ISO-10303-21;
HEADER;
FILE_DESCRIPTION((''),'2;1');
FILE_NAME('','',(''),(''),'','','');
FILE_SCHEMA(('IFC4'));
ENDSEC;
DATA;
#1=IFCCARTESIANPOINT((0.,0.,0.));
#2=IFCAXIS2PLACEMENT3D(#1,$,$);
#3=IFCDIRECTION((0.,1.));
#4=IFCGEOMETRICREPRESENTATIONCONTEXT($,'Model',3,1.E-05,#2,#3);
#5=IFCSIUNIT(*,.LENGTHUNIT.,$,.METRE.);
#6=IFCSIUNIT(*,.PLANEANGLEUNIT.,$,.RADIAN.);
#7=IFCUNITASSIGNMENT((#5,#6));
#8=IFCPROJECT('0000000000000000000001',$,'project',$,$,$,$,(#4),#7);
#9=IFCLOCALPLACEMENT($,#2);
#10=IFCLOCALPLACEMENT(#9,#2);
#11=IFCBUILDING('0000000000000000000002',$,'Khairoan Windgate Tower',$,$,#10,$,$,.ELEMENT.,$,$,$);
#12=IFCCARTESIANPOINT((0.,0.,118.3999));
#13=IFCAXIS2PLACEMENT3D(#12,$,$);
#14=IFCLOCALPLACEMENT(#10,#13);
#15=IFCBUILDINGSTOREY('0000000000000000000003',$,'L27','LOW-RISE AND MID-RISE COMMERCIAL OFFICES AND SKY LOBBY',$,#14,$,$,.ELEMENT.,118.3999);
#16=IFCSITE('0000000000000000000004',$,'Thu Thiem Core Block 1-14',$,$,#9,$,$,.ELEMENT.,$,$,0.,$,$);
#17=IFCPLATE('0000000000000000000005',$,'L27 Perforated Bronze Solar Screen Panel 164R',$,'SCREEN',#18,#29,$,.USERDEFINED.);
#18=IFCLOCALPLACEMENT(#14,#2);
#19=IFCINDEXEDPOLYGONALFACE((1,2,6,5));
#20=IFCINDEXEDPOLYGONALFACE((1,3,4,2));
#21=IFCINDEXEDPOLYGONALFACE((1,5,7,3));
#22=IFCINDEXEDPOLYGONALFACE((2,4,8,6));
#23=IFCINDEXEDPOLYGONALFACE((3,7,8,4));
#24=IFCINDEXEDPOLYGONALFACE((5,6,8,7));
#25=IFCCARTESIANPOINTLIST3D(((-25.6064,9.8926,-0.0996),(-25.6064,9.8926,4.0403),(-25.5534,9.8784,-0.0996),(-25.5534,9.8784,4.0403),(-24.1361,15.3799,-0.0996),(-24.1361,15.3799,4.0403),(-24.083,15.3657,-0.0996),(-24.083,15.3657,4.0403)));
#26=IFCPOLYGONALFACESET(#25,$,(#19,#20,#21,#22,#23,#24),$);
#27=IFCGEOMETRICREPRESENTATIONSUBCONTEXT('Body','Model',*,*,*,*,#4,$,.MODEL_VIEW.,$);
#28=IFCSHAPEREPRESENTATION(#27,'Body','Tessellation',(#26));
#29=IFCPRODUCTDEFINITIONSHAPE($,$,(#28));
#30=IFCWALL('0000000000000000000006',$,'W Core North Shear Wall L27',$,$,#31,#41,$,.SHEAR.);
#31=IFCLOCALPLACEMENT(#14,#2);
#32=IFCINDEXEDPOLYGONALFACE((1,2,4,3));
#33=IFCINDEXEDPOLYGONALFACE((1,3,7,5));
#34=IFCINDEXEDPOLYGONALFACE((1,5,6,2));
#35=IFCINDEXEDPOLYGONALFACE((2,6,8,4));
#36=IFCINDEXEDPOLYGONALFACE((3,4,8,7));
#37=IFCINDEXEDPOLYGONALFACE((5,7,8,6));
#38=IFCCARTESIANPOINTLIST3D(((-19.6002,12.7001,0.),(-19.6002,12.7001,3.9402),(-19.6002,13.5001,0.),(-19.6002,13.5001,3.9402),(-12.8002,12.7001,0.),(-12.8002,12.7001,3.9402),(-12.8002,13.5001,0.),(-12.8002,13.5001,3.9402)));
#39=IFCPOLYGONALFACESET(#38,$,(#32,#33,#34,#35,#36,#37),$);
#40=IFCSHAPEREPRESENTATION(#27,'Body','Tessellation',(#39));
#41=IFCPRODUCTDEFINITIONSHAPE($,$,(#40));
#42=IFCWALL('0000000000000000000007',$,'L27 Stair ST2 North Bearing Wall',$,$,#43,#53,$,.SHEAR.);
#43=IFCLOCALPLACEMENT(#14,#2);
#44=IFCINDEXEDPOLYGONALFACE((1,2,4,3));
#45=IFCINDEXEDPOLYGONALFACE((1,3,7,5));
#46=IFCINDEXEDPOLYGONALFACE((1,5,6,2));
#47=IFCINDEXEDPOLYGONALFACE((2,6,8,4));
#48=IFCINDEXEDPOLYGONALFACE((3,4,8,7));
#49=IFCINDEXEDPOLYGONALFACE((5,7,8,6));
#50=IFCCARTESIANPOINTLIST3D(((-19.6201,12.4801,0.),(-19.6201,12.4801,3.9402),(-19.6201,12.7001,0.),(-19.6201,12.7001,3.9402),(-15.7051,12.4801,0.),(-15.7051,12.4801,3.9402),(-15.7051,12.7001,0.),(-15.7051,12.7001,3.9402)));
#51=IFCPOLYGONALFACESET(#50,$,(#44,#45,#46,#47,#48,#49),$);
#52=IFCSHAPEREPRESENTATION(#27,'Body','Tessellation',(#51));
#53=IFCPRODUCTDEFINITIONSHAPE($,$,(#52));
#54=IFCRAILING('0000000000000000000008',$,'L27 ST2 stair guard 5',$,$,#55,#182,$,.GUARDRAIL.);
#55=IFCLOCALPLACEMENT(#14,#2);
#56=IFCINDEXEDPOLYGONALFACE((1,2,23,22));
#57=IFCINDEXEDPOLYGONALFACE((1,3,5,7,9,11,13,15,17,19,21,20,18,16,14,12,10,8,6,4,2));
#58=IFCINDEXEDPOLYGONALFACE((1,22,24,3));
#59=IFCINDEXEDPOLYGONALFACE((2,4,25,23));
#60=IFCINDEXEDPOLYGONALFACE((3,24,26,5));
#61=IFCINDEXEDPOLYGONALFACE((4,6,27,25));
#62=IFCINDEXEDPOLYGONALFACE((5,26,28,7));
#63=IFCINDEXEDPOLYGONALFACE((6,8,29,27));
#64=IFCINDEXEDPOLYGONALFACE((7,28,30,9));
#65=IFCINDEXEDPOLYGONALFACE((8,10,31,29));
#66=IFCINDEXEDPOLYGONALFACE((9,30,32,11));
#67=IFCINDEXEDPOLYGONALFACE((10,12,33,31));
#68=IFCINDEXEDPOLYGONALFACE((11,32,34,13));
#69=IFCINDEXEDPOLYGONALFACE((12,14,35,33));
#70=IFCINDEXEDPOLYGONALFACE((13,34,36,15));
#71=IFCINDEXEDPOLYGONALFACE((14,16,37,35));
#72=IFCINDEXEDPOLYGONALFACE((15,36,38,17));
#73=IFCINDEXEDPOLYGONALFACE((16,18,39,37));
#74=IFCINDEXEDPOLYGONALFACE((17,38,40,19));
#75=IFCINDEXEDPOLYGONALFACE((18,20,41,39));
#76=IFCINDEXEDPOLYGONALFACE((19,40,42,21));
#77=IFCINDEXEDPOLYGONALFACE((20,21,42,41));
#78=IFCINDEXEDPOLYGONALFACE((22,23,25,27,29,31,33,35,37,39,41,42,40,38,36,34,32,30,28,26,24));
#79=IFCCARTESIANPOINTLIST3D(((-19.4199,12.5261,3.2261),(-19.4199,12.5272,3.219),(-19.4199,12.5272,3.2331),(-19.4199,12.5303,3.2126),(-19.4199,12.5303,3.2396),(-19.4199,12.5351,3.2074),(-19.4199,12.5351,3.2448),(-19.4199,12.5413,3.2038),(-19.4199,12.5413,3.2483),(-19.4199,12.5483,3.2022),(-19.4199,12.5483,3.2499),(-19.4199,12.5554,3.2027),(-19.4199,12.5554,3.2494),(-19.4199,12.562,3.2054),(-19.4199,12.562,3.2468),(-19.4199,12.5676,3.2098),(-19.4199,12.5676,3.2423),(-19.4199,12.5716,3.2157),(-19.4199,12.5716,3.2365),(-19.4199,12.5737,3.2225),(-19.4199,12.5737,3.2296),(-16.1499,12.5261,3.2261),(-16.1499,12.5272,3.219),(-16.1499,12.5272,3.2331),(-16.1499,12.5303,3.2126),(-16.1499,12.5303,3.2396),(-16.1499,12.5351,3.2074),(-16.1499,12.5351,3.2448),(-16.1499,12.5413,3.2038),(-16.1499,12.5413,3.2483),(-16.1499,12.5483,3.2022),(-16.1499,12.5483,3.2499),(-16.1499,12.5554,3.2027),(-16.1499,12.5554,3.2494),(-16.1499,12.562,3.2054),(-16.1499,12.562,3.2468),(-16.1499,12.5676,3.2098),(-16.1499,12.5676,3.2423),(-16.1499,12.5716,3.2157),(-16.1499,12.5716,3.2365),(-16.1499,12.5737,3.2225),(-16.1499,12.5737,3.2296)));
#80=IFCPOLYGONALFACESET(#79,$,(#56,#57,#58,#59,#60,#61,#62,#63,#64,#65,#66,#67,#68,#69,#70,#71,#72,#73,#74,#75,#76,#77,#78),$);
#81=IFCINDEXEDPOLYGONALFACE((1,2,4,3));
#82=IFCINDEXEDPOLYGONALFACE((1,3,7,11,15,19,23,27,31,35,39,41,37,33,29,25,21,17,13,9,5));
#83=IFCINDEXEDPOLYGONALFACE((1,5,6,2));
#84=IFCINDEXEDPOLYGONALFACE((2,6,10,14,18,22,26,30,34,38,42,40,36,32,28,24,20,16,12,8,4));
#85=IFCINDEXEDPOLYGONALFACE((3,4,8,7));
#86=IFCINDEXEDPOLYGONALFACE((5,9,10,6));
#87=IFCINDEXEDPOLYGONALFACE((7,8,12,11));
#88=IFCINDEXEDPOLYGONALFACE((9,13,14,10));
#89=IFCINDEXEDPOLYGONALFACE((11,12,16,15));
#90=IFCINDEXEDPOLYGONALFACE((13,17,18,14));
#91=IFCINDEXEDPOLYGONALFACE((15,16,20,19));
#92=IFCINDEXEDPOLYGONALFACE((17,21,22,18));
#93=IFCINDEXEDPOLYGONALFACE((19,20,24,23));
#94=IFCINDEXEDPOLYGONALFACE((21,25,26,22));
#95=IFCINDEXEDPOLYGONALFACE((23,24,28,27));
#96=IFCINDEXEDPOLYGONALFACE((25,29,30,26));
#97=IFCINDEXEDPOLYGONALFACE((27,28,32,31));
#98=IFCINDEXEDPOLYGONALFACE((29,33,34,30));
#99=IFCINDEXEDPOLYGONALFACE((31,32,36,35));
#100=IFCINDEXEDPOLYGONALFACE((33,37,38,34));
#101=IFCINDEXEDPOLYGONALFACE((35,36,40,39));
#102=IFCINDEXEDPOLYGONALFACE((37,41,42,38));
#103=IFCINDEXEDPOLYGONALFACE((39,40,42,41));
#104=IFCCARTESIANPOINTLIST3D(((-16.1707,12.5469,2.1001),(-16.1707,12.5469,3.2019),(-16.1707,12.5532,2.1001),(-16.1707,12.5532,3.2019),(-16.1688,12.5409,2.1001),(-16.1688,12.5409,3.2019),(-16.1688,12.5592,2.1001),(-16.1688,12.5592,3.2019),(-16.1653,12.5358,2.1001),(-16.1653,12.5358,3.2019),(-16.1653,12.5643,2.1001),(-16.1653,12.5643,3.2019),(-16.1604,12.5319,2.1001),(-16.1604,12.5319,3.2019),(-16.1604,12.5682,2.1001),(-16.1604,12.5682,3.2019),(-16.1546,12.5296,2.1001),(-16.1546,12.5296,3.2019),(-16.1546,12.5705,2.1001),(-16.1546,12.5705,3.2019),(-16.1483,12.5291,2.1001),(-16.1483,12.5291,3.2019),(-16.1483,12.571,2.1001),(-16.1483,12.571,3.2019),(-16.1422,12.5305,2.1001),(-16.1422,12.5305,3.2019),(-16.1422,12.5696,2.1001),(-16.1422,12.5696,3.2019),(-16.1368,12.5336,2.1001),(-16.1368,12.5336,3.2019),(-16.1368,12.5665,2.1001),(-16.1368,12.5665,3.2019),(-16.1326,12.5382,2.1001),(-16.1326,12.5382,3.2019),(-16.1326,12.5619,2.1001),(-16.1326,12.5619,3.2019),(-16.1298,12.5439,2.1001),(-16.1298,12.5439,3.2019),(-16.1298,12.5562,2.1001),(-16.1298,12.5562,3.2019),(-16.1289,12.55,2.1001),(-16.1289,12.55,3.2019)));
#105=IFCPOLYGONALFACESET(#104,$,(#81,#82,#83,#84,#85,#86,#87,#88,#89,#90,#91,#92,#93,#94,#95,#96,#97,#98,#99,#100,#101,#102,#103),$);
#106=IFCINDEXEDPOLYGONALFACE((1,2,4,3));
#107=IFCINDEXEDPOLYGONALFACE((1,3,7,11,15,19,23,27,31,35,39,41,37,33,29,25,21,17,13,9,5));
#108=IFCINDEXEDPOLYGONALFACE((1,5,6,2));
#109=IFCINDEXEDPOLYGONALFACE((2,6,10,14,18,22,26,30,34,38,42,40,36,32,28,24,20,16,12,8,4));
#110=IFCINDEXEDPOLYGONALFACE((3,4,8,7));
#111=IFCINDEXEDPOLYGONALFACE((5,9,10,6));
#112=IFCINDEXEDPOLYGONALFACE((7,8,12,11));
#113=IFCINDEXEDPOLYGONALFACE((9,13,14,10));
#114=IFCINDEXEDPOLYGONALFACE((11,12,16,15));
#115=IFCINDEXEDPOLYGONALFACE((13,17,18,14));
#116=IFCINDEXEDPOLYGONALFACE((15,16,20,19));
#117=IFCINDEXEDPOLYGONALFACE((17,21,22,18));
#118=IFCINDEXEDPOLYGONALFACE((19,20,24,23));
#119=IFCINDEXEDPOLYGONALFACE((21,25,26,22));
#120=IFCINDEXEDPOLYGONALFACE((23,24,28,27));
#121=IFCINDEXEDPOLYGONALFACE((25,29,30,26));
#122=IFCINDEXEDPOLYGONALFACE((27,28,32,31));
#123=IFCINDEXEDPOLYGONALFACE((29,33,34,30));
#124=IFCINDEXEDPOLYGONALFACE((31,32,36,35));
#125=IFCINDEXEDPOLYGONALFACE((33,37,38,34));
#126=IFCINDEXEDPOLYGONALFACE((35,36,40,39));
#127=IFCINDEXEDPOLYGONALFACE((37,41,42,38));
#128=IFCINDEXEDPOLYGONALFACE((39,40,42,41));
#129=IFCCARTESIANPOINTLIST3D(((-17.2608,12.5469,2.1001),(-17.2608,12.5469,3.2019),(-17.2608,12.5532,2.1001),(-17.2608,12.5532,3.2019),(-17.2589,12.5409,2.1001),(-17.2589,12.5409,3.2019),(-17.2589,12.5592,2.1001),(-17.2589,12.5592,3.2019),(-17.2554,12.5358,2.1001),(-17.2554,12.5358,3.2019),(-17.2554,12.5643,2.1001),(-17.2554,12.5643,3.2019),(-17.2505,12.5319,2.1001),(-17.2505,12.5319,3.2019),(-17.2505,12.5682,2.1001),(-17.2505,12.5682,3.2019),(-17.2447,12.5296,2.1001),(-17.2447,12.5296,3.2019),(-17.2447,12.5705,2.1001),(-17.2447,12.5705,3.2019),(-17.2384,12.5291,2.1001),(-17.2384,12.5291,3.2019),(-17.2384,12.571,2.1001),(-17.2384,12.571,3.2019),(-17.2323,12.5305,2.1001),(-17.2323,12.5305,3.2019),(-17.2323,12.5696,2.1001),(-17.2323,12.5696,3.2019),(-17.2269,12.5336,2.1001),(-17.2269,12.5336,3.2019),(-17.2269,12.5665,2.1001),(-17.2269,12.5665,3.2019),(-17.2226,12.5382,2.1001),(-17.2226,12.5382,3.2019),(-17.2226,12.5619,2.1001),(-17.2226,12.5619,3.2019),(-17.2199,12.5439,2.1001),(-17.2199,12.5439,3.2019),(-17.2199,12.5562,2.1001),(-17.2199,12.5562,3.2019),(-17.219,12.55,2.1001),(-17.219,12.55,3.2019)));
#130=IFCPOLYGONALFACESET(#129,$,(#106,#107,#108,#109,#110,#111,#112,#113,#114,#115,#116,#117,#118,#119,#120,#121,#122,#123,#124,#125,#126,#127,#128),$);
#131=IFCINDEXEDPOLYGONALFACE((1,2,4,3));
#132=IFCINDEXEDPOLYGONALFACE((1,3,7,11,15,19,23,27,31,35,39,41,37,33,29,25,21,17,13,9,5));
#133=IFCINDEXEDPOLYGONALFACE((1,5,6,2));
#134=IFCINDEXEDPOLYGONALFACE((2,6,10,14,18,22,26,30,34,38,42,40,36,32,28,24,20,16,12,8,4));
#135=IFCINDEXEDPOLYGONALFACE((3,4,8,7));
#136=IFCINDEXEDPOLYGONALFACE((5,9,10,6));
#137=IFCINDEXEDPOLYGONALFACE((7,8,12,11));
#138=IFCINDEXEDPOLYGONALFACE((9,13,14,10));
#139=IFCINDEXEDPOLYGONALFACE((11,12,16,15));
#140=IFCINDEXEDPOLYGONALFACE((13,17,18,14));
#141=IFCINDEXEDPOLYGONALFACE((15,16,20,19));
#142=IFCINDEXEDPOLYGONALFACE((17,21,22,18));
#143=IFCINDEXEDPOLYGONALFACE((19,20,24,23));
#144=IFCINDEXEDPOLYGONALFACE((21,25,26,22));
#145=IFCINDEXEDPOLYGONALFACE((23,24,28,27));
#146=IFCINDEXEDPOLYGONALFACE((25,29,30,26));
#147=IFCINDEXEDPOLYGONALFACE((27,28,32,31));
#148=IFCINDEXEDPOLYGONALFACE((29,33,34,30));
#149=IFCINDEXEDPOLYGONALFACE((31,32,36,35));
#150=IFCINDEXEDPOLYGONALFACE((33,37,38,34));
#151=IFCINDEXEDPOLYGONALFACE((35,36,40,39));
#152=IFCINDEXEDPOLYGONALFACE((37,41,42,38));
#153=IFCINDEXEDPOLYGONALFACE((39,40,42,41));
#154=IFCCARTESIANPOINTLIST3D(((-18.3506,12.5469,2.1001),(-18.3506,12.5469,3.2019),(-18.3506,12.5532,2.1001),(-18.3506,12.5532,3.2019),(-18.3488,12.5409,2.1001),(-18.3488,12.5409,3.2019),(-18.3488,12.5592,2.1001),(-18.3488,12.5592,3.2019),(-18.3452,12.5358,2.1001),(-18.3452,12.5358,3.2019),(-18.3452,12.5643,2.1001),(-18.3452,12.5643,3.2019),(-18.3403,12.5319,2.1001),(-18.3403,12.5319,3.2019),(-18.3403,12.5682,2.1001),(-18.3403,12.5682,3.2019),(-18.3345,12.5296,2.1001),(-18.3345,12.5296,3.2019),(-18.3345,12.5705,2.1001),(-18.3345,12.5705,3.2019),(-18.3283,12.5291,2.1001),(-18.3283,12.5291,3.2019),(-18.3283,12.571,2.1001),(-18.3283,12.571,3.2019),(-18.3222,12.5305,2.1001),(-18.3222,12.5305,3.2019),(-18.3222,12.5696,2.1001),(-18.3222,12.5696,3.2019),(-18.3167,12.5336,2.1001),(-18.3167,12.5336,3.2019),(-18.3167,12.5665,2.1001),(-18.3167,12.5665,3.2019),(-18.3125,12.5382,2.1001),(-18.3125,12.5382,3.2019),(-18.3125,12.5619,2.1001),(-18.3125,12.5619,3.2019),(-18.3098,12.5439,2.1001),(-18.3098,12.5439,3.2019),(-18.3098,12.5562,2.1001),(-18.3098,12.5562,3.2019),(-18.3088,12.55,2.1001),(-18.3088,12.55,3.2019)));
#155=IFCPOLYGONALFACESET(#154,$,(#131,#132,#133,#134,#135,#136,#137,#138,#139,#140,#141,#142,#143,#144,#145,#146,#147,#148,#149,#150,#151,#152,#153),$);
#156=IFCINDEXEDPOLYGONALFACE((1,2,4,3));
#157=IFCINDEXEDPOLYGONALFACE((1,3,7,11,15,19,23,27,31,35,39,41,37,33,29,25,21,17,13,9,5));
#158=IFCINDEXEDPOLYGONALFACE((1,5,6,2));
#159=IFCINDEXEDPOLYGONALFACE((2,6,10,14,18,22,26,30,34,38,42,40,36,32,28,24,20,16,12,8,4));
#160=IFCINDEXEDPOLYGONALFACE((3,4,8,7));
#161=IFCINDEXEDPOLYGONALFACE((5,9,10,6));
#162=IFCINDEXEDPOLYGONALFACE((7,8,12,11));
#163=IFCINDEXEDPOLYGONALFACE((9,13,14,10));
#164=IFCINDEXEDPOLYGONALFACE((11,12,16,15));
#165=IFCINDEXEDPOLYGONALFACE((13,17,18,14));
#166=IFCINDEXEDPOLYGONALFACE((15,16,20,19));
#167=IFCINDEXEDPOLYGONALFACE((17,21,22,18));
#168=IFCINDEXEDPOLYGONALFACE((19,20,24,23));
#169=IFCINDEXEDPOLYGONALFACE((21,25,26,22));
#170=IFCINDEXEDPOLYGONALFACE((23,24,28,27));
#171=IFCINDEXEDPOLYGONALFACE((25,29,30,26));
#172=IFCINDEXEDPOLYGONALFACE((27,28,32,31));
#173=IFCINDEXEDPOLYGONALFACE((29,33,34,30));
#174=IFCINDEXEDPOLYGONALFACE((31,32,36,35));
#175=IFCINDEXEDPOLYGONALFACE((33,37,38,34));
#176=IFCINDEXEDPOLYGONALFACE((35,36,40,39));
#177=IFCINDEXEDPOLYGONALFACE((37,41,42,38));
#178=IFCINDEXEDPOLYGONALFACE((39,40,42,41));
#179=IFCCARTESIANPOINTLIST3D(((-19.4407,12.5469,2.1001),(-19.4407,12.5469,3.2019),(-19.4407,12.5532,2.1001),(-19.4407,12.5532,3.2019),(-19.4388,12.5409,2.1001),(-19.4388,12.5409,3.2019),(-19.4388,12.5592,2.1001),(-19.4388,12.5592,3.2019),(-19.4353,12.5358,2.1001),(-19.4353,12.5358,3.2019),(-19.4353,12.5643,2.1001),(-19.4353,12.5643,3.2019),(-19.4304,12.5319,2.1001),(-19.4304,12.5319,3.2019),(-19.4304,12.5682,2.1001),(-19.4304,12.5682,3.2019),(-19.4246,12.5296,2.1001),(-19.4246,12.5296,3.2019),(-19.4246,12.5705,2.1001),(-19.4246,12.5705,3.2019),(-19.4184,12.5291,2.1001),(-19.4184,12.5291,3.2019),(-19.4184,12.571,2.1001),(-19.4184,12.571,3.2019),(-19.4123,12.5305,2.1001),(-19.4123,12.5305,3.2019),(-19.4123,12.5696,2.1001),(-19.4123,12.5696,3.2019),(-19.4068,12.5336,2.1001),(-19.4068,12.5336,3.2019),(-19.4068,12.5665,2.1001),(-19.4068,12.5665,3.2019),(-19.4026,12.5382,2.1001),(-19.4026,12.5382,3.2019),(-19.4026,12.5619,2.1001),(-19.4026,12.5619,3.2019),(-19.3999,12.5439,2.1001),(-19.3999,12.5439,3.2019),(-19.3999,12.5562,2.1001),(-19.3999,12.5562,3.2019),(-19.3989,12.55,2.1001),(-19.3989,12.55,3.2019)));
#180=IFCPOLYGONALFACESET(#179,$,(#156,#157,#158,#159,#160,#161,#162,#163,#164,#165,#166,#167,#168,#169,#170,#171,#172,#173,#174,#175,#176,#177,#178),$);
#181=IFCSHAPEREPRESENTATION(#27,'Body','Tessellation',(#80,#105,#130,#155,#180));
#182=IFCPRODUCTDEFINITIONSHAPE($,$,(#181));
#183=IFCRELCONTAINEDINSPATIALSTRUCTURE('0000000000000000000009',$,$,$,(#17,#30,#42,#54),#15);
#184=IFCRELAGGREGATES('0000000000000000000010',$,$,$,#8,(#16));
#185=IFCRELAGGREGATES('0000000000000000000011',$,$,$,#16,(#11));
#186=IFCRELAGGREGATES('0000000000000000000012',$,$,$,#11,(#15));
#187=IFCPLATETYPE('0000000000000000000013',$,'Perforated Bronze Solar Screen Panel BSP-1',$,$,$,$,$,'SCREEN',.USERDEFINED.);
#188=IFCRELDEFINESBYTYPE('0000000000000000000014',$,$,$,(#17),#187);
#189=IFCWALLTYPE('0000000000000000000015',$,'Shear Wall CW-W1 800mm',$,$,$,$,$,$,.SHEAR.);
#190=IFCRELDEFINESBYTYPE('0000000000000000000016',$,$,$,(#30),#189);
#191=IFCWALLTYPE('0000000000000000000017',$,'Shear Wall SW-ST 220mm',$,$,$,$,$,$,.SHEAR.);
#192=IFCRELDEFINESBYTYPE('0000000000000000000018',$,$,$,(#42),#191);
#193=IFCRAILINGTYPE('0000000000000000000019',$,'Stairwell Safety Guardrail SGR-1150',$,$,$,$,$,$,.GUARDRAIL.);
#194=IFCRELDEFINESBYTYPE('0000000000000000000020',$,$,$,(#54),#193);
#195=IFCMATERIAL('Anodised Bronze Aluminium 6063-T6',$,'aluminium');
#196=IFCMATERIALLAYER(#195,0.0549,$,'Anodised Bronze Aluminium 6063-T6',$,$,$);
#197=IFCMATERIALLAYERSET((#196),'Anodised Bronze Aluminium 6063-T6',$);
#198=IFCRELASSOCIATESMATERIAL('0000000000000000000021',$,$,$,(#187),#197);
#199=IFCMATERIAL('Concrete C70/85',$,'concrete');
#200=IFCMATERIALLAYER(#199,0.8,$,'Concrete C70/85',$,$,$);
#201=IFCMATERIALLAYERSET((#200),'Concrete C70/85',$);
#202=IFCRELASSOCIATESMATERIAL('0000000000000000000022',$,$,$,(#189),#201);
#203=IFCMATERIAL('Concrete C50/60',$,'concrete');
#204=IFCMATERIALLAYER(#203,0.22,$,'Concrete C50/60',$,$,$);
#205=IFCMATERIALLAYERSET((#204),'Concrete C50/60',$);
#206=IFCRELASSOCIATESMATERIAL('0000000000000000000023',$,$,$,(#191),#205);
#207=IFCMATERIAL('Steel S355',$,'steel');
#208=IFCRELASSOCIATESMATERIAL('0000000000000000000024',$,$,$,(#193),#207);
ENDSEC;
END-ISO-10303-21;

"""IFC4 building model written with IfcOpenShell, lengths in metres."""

from ifc_helpers import new_model, si_unit, direction, frame, frame_2d, origin, origin_2d, place, context, subcontext, project, spatial, rectangle, circle, extrude, material, layer, layer_set, type_object, element, save


model = new_model("IFC4")

# Units and contexts
model_context = context("Model", 3, precision=1e-05, world=origin(), true_north=direction((0.0, 1.0)))
body_context = subcontext(model_context, "Body", "Model", "MODEL_VIEW")
ifc_project = project(units=[si_unit("LENGTHUNIT", "METRE"), si_unit("PLANEANGLEUNIT", "RADIAN")], contexts=[model_context])

# Site, building, storey
site_placement = place(None, origin())
site = spatial("IfcSite", under=ifc_project, at=site_placement, Name="Thu Thiem Core Block 1-14", CompositionType="ELEMENT", RefElevation=0.0)
building_placement = place(site_placement, origin())
building = spatial("IfcBuilding", under=site, at=building_placement, Name="Khairoan Windgate Tower", CompositionType="ELEMENT")
storey_placement = place(building_placement, frame((0.0, 0.0, 118.3999)))
storey = spatial("IfcBuildingStorey", under=building, at=storey_placement, Name="L27", Description="LOW-RISE AND MID-RISE COMMERCIAL OFFICES AND SKY LOBBY", CompositionType="ELEMENT", Elevation=118.3999)

# Plate
ifc_material_1 = material(Name="Anodised Bronze Aluminium 6063-T6", Category="aluminium")
ifc_layer_1 = layer(ifc_material_1, 0.0549, Name="Anodised Bronze Aluminium 6063-T6")
ifc_layer_set_1 = layer_set([ifc_layer_1], Name="Anodised Bronze Aluminium 6063-T6")
plate_type = type_object("IfcPlateType", Name="Perforated Bronze Solar Screen Panel BSP-1", ElementType="SCREEN", PredefinedType="USERDEFINED", material=ifc_layer_set_1)
plate_placement = place(storey_placement, frame((-24.8447, 12.6292, -0.0996), z_axis=(0.0, 0.0, 1.0), x_axis=(0.258819, 0.965926, 0.0)))
element("IfcPlate", 1, at=plate_placement, inside=storey, type_object=plate_type, Name="L27 Perforated Bronze Solar Screen Panel 164R", ObjectType="SCREEN", PredefinedType="USERDEFINED", context=body_context, shape_type="SweptSolid", body=[
    extrude(rectangle(XDim=5.6809, YDim=0.0549, at=origin_2d()), origin(), (0.0, 0.0, 1.0), 4.1399),
])

# Walls
ifc_material_2 = material(Name="Concrete C70/85", Category="concrete")
ifc_layer_2 = layer(ifc_material_2, 0.8, Name="Concrete C70/85")
ifc_layer_set_2 = layer_set([ifc_layer_2], Name="Concrete C70/85")
wall_type_1 = type_object("IfcWallType", Name="Shear Wall CW-W1 800mm", PredefinedType="SHEAR", material=ifc_layer_set_2)
wall_1_placement = place(storey_placement, frame((-19.6001, 13.1001, 0.0), z_axis=(0.0, 0.0, 1.0), x_axis=(1.0, 0.0, 0.0)))
element("IfcWall", 2, at=wall_1_placement, inside=storey, type_object=wall_type_1, Name="W Core North Shear Wall L27", PredefinedType="SHEAR", context=body_context, shape_type="SweptSolid", body=[
    extrude(rectangle(XDim=6.8, YDim=0.8, at=frame_2d((3.3999, 0.0))), origin(), (0.0, 0.0, 1.0), 3.9402),
])
ifc_material_3 = material(Name="Concrete C50/60", Category="concrete")
ifc_layer_3 = layer(ifc_material_3, 0.22, Name="Concrete C50/60")
ifc_layer_set_3 = layer_set([ifc_layer_3], Name="Concrete C50/60")
wall_type_2 = type_object("IfcWallType", Name="Shear Wall SW-ST 220mm", PredefinedType="SHEAR", material=ifc_layer_set_3)
wall_2_placement = place(storey_placement, frame((-19.6201, 12.5901, 0.0), z_axis=(0.0, 0.0, 1.0), x_axis=(1.0, 0.0, 0.0)))
element("IfcWall", 3, at=wall_2_placement, inside=storey, type_object=wall_type_2, Name="L27 Stair ST2 North Bearing Wall", PredefinedType="SHEAR", context=body_context, shape_type="SweptSolid", body=[
    extrude(rectangle(XDim=3.915, YDim=0.22, at=frame_2d((1.9575, 0.0))), origin(), (0.0, 0.0, 1.0), 3.9402),
])

# Railing
ifc_material_4 = material(Name="Steel S355", Category="steel")
railing_type = type_object("IfcRailingType", Name="Stairwell Safety Guardrail SGR-1150", PredefinedType="GUARDRAIL", material=ifc_material_4)
railing_1_placement = place(storey_placement, frame((-16.1499, 12.55, 2.1001)))
element("IfcRailing", 4, at=railing_1_placement, inside=storey, type_object=railing_type, Name="L27 ST2 stair guard 5", PredefinedType="GUARDRAIL", context=body_context, shape_type="SweptSolid", body=[
    extrude(circle(Radius=0.0239, at=origin_2d()), frame((0.0, 0.0, 1.126), z_axis=(-1.0, 0.0, 0.0), x_axis=(0.0, -1.0, 0.0)), (0.0, 0.0, 1.0), 3.27),
    extrude(circle(Radius=0.021, at=origin_2d()), origin(), (0.0, 0.0, 1.0), 1.1018),
    extrude(circle(Radius=0.021, at=origin_2d()), frame((-1.0901, 0.0, 0.0)), (0.0, 0.0, 1.0), 1.1018),
    extrude(circle(Radius=0.021, at=origin_2d()), frame((-2.1799, 0.0, 0.0)), (0.0, 0.0, 1.0), 1.1018),
    extrude(circle(Radius=0.021, at=origin_2d()), frame((-3.27, 0.0, 0.0)), (0.0, 0.0, 1.0), 1.1018),
])

save(model, "model.ifc")
